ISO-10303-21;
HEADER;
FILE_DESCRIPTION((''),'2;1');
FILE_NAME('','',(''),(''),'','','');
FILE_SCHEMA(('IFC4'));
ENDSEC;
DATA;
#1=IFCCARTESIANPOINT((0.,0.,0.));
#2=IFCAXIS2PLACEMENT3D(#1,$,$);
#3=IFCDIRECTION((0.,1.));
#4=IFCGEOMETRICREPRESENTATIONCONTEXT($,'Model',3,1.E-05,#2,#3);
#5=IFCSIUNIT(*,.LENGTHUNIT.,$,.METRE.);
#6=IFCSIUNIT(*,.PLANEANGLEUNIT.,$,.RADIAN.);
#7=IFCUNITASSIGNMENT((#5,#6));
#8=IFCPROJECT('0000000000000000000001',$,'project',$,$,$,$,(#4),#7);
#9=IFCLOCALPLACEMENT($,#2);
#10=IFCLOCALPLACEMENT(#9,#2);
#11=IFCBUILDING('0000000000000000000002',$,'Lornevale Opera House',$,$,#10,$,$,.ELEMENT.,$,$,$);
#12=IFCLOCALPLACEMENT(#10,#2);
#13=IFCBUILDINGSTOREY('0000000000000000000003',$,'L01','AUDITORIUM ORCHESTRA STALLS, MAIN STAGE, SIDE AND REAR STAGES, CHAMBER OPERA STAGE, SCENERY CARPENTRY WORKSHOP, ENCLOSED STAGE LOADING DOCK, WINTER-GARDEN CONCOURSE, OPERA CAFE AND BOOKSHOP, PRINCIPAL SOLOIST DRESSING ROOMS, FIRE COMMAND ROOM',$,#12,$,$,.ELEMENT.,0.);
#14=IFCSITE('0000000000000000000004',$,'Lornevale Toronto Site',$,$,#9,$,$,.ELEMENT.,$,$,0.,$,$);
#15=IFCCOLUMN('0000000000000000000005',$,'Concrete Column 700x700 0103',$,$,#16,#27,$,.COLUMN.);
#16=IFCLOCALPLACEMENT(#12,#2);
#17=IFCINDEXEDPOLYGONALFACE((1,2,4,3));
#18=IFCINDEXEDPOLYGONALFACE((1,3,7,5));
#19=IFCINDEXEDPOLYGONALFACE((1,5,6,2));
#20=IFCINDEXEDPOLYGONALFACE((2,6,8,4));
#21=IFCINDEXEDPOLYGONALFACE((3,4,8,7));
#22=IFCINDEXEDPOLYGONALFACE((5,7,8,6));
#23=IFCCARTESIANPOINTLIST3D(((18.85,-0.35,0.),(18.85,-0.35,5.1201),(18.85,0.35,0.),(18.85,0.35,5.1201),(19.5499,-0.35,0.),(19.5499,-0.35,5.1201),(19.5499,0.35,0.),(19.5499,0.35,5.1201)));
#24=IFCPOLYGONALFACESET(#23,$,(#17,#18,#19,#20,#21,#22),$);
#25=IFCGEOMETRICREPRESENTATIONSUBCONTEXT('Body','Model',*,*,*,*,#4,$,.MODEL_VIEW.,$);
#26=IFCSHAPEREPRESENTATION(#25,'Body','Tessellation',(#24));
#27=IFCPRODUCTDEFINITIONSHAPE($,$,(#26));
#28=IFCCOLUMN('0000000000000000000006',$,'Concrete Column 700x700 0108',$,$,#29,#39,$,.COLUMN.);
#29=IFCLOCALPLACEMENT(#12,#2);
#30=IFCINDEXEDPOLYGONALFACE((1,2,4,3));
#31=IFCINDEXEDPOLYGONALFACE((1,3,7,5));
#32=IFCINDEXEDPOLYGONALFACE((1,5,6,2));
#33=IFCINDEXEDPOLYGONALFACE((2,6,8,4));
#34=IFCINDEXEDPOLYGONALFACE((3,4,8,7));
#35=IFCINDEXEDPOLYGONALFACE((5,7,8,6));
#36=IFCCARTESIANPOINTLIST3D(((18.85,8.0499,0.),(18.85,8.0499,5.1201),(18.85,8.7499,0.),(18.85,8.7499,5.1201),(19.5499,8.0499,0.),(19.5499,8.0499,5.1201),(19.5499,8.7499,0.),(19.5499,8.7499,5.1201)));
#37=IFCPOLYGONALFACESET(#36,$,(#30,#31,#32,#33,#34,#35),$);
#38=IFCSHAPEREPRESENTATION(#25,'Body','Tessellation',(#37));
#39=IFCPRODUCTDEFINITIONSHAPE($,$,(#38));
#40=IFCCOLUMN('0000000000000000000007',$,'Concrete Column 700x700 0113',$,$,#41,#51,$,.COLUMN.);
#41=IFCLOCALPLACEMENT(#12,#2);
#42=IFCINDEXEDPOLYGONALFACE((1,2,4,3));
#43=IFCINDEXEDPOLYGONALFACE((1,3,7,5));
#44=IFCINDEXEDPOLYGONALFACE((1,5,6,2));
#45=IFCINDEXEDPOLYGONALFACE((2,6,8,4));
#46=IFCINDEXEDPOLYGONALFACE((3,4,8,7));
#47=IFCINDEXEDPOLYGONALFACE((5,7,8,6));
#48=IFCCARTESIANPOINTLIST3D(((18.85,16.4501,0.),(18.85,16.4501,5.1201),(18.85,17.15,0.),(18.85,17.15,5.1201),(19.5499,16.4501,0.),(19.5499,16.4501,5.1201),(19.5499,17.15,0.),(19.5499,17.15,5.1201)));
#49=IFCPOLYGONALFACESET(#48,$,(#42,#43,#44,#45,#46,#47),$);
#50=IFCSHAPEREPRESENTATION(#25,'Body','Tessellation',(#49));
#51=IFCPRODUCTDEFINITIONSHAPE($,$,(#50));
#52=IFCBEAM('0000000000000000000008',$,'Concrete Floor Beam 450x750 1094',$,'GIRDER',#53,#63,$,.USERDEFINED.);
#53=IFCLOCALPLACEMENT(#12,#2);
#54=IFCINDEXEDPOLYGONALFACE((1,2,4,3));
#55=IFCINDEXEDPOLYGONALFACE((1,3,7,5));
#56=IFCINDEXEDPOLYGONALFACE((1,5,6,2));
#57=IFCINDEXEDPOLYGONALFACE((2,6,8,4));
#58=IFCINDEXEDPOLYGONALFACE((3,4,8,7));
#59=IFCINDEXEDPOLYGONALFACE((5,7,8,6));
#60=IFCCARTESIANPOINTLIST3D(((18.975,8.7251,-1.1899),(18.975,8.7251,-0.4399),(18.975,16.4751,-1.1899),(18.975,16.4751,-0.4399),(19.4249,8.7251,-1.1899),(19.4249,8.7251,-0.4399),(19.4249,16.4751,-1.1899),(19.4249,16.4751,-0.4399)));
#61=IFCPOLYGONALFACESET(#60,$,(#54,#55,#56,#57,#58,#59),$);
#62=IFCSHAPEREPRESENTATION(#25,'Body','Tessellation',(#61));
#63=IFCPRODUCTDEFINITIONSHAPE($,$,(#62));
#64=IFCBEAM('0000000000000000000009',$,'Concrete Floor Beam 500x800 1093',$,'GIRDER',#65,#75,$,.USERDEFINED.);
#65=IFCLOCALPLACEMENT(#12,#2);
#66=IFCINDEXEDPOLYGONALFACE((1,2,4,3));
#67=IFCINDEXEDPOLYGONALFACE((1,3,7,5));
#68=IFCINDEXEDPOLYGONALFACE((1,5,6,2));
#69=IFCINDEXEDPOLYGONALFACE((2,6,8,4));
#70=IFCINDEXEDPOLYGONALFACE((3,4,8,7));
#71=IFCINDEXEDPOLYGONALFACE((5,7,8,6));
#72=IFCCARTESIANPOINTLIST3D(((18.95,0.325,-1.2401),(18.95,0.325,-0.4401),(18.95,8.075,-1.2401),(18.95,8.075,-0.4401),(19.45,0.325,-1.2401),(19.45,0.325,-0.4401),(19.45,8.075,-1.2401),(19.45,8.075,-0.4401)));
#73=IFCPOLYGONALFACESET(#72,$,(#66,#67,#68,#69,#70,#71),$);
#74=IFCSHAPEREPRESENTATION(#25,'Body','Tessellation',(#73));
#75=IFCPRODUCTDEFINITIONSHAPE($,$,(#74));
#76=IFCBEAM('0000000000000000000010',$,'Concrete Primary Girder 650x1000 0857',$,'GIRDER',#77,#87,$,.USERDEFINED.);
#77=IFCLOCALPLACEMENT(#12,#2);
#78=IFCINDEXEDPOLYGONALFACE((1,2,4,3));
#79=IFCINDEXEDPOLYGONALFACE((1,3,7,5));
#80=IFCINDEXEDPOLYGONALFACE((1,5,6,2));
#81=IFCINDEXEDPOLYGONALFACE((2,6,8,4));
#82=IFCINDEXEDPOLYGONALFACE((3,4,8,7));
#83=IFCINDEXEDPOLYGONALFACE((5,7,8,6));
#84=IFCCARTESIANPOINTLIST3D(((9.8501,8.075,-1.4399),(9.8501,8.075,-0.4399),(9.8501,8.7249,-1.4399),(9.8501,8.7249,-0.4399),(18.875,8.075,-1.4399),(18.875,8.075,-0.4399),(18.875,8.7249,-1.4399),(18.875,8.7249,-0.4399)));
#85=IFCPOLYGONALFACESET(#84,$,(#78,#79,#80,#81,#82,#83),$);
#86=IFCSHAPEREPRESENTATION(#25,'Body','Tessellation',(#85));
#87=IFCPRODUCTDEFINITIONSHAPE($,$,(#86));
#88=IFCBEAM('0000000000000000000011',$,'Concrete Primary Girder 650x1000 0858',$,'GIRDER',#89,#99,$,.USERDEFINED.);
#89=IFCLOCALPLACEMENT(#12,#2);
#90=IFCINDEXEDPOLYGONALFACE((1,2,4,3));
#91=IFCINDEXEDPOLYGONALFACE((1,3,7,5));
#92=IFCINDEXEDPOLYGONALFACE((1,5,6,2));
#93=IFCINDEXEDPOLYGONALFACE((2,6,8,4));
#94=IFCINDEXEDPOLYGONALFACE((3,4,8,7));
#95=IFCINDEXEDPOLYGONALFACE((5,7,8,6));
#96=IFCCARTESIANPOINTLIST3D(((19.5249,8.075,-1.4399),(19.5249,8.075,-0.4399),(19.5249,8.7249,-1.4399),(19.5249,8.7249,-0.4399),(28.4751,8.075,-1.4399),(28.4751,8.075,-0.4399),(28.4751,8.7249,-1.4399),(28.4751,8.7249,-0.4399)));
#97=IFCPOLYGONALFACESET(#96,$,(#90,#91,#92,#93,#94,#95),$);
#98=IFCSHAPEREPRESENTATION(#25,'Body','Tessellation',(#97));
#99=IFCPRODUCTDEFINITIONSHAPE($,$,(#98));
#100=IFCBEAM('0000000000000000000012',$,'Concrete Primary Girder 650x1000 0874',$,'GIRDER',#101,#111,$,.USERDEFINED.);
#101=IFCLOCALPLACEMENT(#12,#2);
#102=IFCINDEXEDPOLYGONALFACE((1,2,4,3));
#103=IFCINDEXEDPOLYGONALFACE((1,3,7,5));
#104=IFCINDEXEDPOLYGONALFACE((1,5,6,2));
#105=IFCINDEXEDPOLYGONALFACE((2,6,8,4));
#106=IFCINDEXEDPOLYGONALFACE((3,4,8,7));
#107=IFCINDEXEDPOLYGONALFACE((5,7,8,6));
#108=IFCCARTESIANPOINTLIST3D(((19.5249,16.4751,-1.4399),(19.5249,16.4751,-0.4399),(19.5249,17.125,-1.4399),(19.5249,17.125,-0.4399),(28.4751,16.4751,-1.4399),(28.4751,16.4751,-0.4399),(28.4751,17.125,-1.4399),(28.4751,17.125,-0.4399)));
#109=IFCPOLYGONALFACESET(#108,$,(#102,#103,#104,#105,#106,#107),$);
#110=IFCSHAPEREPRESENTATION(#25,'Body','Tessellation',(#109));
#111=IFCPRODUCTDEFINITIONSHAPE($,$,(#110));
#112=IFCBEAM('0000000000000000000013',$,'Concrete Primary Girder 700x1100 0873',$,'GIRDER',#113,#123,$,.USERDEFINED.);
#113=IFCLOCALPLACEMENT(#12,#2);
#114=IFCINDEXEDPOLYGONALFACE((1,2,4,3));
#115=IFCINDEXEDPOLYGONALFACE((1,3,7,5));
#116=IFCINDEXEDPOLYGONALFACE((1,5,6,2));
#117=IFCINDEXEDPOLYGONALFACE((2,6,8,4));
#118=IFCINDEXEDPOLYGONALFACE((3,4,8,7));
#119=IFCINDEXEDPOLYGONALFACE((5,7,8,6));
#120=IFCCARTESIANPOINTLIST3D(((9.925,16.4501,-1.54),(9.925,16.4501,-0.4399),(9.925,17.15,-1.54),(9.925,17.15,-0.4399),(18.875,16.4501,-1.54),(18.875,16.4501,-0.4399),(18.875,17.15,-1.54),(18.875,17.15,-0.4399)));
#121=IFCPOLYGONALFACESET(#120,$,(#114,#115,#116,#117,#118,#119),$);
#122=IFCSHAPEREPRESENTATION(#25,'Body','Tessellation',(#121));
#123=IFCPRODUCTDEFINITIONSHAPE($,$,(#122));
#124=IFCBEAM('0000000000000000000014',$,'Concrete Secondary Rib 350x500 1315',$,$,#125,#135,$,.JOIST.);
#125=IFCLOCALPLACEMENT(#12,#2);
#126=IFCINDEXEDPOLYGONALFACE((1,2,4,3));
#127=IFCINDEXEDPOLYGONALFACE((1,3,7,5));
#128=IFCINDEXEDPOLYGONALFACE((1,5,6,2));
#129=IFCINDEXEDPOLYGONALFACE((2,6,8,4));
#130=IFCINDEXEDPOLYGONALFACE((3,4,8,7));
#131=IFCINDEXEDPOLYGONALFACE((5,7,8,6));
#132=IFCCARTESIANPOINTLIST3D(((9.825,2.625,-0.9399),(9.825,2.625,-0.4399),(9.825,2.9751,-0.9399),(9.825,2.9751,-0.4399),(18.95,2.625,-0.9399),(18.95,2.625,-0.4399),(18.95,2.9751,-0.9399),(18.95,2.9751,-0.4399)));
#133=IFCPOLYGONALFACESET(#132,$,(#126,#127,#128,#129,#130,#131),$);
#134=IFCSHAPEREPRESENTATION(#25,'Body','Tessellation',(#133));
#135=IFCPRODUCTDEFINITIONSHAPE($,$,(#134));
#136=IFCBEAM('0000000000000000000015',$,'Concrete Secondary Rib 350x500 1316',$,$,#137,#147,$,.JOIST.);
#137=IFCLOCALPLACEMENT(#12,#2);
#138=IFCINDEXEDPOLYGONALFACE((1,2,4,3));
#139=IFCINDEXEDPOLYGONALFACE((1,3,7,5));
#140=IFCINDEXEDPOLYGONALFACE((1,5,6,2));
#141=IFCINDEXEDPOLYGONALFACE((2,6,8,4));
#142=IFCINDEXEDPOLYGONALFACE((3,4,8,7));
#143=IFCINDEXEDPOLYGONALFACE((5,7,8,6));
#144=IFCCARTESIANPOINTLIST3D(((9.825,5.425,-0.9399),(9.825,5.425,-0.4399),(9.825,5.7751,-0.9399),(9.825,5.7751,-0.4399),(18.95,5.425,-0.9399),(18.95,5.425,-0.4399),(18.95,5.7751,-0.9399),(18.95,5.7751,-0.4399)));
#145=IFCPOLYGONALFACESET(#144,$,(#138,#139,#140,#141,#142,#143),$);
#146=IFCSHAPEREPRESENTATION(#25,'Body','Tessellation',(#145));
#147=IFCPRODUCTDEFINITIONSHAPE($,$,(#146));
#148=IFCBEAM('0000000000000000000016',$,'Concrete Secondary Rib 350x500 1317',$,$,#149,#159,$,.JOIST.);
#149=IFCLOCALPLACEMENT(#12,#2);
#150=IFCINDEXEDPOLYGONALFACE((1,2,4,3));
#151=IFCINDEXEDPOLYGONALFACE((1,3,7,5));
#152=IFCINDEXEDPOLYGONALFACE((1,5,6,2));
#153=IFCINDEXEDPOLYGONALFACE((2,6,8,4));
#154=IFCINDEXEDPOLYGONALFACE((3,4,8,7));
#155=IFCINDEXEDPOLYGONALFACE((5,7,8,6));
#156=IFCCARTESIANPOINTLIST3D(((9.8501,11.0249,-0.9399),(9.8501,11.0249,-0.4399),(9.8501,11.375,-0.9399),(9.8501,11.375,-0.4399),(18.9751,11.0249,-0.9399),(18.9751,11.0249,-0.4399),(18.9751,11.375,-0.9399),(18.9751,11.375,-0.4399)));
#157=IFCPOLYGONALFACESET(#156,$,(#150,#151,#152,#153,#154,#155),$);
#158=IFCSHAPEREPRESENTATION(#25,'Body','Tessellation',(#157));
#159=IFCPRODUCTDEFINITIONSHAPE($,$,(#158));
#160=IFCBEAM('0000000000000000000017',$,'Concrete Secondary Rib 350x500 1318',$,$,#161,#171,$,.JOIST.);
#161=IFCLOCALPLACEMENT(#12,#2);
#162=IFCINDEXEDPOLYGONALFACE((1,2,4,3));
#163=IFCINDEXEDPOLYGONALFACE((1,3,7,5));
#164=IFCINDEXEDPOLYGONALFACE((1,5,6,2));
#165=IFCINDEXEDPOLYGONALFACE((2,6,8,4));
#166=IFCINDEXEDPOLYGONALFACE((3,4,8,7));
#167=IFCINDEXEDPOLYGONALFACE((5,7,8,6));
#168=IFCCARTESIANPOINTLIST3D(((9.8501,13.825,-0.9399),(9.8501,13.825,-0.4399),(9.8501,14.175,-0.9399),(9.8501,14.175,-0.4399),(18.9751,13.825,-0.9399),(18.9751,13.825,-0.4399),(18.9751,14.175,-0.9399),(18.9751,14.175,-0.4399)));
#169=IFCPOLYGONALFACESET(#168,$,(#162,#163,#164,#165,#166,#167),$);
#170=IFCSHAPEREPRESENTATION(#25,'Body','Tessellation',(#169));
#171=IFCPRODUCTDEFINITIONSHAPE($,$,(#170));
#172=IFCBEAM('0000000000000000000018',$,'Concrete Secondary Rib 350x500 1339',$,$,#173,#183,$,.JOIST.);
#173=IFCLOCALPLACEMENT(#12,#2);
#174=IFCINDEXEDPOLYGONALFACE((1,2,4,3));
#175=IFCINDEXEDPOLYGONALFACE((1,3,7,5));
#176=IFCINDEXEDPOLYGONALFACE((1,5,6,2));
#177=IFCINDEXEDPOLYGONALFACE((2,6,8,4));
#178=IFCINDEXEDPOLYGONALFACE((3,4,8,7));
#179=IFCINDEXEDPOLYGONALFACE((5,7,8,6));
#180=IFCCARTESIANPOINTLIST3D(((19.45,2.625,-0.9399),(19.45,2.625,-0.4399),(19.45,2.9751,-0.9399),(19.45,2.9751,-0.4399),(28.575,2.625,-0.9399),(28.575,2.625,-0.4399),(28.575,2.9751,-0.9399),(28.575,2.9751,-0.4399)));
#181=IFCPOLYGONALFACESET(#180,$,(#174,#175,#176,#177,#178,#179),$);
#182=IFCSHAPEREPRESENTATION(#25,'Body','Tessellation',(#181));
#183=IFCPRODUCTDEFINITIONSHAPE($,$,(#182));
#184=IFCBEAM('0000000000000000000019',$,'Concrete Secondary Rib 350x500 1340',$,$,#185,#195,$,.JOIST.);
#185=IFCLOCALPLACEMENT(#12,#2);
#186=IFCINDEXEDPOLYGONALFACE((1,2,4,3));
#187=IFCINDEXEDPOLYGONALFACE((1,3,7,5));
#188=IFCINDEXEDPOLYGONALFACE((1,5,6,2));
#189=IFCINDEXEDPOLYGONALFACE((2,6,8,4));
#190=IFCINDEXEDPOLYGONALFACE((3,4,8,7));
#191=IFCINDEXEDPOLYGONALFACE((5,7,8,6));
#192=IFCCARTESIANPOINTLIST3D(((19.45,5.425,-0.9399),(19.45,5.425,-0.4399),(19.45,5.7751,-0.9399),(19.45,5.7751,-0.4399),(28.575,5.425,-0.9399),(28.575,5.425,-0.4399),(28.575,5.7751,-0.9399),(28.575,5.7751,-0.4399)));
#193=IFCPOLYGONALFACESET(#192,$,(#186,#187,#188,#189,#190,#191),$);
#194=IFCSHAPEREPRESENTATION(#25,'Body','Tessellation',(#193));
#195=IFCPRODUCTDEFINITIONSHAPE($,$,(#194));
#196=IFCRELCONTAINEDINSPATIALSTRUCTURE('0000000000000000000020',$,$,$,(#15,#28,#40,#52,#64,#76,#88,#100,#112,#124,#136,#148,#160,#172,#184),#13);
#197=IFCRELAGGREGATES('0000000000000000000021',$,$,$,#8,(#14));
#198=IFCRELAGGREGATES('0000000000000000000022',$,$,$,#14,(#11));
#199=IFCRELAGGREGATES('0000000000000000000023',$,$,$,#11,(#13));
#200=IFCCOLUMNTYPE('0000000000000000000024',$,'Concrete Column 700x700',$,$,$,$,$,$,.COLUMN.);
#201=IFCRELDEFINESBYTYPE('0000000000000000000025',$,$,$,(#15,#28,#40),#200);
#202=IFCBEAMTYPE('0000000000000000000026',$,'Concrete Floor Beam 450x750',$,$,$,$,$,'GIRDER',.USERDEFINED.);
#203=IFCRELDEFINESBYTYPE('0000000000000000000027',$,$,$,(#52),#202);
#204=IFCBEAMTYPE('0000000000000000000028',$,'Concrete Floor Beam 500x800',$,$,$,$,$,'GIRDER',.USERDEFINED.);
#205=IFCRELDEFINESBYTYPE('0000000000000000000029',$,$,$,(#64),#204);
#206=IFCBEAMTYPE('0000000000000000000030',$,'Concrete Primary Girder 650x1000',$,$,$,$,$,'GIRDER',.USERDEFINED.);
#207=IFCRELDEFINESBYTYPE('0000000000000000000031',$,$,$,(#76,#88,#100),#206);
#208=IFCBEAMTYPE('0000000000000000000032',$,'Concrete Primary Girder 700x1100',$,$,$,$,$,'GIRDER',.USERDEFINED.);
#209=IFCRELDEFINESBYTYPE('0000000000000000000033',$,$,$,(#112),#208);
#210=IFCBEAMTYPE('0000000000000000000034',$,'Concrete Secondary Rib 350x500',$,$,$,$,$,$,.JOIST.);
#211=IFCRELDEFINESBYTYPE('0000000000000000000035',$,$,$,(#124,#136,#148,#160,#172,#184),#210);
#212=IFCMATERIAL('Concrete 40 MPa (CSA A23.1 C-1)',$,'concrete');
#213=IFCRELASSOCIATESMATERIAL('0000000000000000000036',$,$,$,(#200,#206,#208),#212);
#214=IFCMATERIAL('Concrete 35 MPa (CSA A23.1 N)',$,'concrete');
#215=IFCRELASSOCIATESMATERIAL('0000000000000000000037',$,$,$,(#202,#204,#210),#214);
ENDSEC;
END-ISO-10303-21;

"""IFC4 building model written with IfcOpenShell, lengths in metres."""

from ifc_helpers import new_model, si_unit, direction, frame, origin, origin_2d, place, context, subcontext, project, spatial, rectangle, extrude, material, material_profile, profile_set, type_object, element, save


model = new_model("IFC4")

# Units and contexts
model_context = context("Model", 3, precision=1e-05, world=origin(), true_north=direction((0.0, 1.0)))
body_context = subcontext(model_context, "Body", "Model", "MODEL_VIEW")
ifc_project = project(units=[si_unit("LENGTHUNIT", "METRE"), si_unit("PLANEANGLEUNIT", "RADIAN")], contexts=[model_context])

# Site, building, storey
site_placement = place(None, origin())
site = spatial("IfcSite", under=ifc_project, at=site_placement, Name="Lornevale Toronto Site", CompositionType="ELEMENT", RefElevation=0.0)
building_placement = place(site_placement, origin())
building = spatial("IfcBuilding", under=site, at=building_placement, Name="Lornevale Opera House", CompositionType="ELEMENT")
storey_placement = place(building_placement, origin())
storey = spatial("IfcBuildingStorey", under=building, at=storey_placement, Name="L01", Description="AUDITORIUM ORCHESTRA STALLS, MAIN STAGE, SIDE AND REAR STAGES, CHAMBER OPERA STAGE, SCENERY CARPENTRY WORKSHOP, ENCLOSED STAGE LOADING DOCK, WINTER-GARDEN CONCOURSE, OPERA CAFE AND BOOKSHOP, PRINCIPAL SOLOIST DRESSING ROOMS, FIRE COMMAND ROOM", CompositionType="ELEMENT", Elevation=0.0)

# Columns
ifc_material_1 = material(Name="Concrete 40 MPa (CSA A23.1 C-1)", Category="concrete")
ifc_material_profile_1 = material_profile(ifc_material_1, rectangle(XDim=0.7, YDim=0.7, at=origin_2d()), Name="RC700x700")
ifc_profile_set_1 = profile_set([ifc_material_profile_1], Name="Concrete 40 MPa (CSA A23.1 C-1)")
column_type = type_object("IfcColumnType", Name="Concrete Column 700x700", PredefinedType="COLUMN", material=ifc_profile_set_1)
for number, where, z_axis, x_axis, name in (
    (1, (19.2, 0.0, 0.0), (0.0, 0.0, 1.0), (1.0, 0.0, 0.0), "Concrete Column 700x700 0103"),
    (2, (19.2, 8.3999, 0.0), (0.0, 0.0, 1.0), (1.0, 0.0, 0.0), "Concrete Column 700x700 0108"),
    (3, (19.2, 16.8, 0.0), (0.0, 0.0, 1.0), (1.0, 0.0, 0.0), "Concrete Column 700x700 0113"),
):
    element("IfcColumn", number, at=place(storey_placement, frame(where, z_axis=z_axis, x_axis=x_axis)), inside=storey, type_object=column_type, Name=name, PredefinedType="COLUMN", context=body_context, shape_type="SweptSolid", body=[
        extrude(rectangle(XDim=0.7, YDim=0.7, at=origin_2d()), origin(), (0.0, 0.0, 1.0), 5.1201),
    ])

# Beams
ifc_material_2 = material(Name="Concrete 35 MPa (CSA A23.1 N)", Category="concrete")
ifc_material_profile_2 = material_profile(ifc_material_2, rectangle(XDim=0.45, YDim=0.75, at=origin_2d()), Name="RC450x750")
ifc_profile_set_2 = profile_set([ifc_material_profile_2], Name="Concrete 35 MPa (CSA A23.1 N)")
beam_type_1 = type_object("IfcBeamType", Name="Concrete Floor Beam 450x750", ElementType="GIRDER", PredefinedType="USERDEFINED", material=ifc_profile_set_2)
beam_1_placement = place(storey_placement, frame((19.2, 8.7251, -0.8149), z_axis=(0.0, 1.0, 0.0), x_axis=(-1.0, 0.0, 0.0)))
element("IfcBeam", 4, at=beam_1_placement, inside=storey, type_object=beam_type_1, Name="Concrete Floor Beam 450x750 1094", ObjectType="GIRDER", PredefinedType="USERDEFINED", context=body_context, shape_type="SweptSolid", body=[
    extrude(rectangle(XDim=0.45, YDim=0.75, at=origin_2d()), origin(), (0.0, 0.0, 1.0), 7.75),
])
ifc_material_profile_3 = material_profile(ifc_material_2, rectangle(XDim=0.5, YDim=0.8, at=origin_2d()), Name="RC500x800")
ifc_profile_set_3 = profile_set([ifc_material_profile_3], Name="Concrete 35 MPa (CSA A23.1 N)")
beam_type_2 = type_object("IfcBeamType", Name="Concrete Floor Beam 500x800", ElementType="GIRDER", PredefinedType="USERDEFINED", material=ifc_profile_set_3)
beam_2_placement = place(storey_placement, frame((19.2, 0.325, -0.8401), z_axis=(0.0, 1.0, 0.0), x_axis=(-1.0, 0.0, 0.0)))
element("IfcBeam", 5, at=beam_2_placement, inside=storey, type_object=beam_type_2, Name="Concrete Floor Beam 500x800 1093", ObjectType="GIRDER", PredefinedType="USERDEFINED", context=body_context, shape_type="SweptSolid", body=[
    extrude(rectangle(XDim=0.5, YDim=0.8, at=origin_2d()), origin(), (0.0, 0.0, 1.0), 7.75),
])
ifc_material_profile_4 = material_profile(ifc_material_1, rectangle(XDim=0.6499, YDim=1.0, at=origin_2d()), Name="RC650x1000")
ifc_profile_set_4 = profile_set([ifc_material_profile_4], Name="Concrete 40 MPa (CSA A23.1 C-1)")
beam_type_3 = type_object("IfcBeamType", Name="Concrete Primary Girder 650x1000", ElementType="GIRDER", PredefinedType="USERDEFINED", material=ifc_profile_set_4)
beam_3_placement = place(storey_placement, frame((9.8501, 8.3999, -0.9399), z_axis=(1.0, 0.0, 0.0), x_axis=(0.0, 1.0, 0.0)))
element("IfcBeam", 6, at=beam_3_placement, inside=storey, type_object=beam_type_3, Name="Concrete Primary Girder 650x1000 0857", ObjectType="GIRDER", PredefinedType="USERDEFINED", context=body_context, shape_type="SweptSolid", body=[
    extrude(rectangle(XDim=0.6499, YDim=1.0, at=origin_2d()), origin(), (0.0, 0.0, 1.0), 9.0249),
])
for number, where, z_axis, x_axis, name in (
    (7, (19.5249, 8.3999, -0.9399), (1.0, 0.0, 0.0), (0.0, 1.0, 0.0), "Concrete Primary Girder 650x1000 0858"),
    (8, (19.5249, 16.8, -0.9399), (1.0, 0.0, 0.0), (0.0, 1.0, 0.0), "Concrete Primary Girder 650x1000 0874"),
):
    element("IfcBeam", number, at=place(storey_placement, frame(where, z_axis=z_axis, x_axis=x_axis)), inside=storey, type_object=beam_type_3, Name=name, ObjectType="GIRDER", PredefinedType="USERDEFINED", context=body_context, shape_type="SweptSolid", body=[
        extrude(rectangle(XDim=0.6499, YDim=1.0, at=origin_2d()), origin(), (0.0, 0.0, 1.0), 8.9502),
    ])
ifc_material_profile_5 = material_profile(ifc_material_1, rectangle(XDim=0.7, YDim=1.1001, at=origin_2d()), Name="RC700x1100")
ifc_profile_set_5 = profile_set([ifc_material_profile_5], Name="Concrete 40 MPa (CSA A23.1 C-1)")
beam_type_4 = type_object("IfcBeamType", Name="Concrete Primary Girder 700x1100", ElementType="GIRDER", PredefinedType="USERDEFINED", material=ifc_profile_set_5)
beam_4_placement = place(storey_placement, frame((9.925, 16.8, -0.99), z_axis=(1.0, 0.0, 0.0), x_axis=(0.0, 1.0, 0.0)))
element("IfcBeam", 9, at=beam_4_placement, inside=storey, type_object=beam_type_4, Name="Concrete Primary Girder 700x1100 0873", ObjectType="GIRDER", PredefinedType="USERDEFINED", context=body_context, shape_type="SweptSolid", body=[
    extrude(rectangle(XDim=0.7, YDim=1.1001, at=origin_2d()), origin(), (0.0, 0.0, 1.0), 8.95),
])
ifc_material_profile_6 = material_profile(ifc_material_2, rectangle(XDim=0.3501, YDim=0.5, at=origin_2d()), Name="RC350x500")
ifc_profile_set_6 = profile_set([ifc_material_profile_6], Name="Concrete 35 MPa (CSA A23.1 N)")
beam_type_5 = type_object("IfcBeamType", Name="Concrete Secondary Rib 350x500", PredefinedType="JOIST", material=ifc_profile_set_6)
for number, where, z_axis, x_axis, name in (
    (10, (9.825, 2.8, -0.6899), (1.0, 0.0, 0.0), (0.0, 1.0, 0.0), "Concrete Secondary Rib 350x500 1315"),
    (11, (9.825, 5.6001, -0.6899), (1.0, 0.0, 0.0), (0.0, 1.0, 0.0), "Concrete Secondary Rib 350x500 1316"),
    (12, (9.8501, 11.2, -0.6899), (1.0, 0.0, 0.0), (0.0, 1.0, 0.0), "Concrete Secondary Rib 350x500 1317"),
    (13, (9.8501, 14.0, -0.6899), (1.0, 0.0, 0.0), (0.0, 1.0, 0.0), "Concrete Secondary Rib 350x500 1318"),
    (14, (19.45, 2.8, -0.6899), (1.0, 0.0, 0.0), (0.0, 1.0, 0.0), "Concrete Secondary Rib 350x500 1339"),
    (15, (19.45, 5.6001, -0.6899), (1.0, 0.0, 0.0), (0.0, 1.0, 0.0), "Concrete Secondary Rib 350x500 1340"),
):
    element("IfcBeam", number, at=place(storey_placement, frame(where, z_axis=z_axis, x_axis=x_axis)), inside=storey, type_object=beam_type_5, Name=name, PredefinedType="JOIST", context=body_context, shape_type="SweptSolid", body=[
        extrude(rectangle(XDim=0.3501, YDim=0.5, at=origin_2d()), origin(), (0.0, 0.0, 1.0), 9.125),
    ])

save(model, "model.ifc")
